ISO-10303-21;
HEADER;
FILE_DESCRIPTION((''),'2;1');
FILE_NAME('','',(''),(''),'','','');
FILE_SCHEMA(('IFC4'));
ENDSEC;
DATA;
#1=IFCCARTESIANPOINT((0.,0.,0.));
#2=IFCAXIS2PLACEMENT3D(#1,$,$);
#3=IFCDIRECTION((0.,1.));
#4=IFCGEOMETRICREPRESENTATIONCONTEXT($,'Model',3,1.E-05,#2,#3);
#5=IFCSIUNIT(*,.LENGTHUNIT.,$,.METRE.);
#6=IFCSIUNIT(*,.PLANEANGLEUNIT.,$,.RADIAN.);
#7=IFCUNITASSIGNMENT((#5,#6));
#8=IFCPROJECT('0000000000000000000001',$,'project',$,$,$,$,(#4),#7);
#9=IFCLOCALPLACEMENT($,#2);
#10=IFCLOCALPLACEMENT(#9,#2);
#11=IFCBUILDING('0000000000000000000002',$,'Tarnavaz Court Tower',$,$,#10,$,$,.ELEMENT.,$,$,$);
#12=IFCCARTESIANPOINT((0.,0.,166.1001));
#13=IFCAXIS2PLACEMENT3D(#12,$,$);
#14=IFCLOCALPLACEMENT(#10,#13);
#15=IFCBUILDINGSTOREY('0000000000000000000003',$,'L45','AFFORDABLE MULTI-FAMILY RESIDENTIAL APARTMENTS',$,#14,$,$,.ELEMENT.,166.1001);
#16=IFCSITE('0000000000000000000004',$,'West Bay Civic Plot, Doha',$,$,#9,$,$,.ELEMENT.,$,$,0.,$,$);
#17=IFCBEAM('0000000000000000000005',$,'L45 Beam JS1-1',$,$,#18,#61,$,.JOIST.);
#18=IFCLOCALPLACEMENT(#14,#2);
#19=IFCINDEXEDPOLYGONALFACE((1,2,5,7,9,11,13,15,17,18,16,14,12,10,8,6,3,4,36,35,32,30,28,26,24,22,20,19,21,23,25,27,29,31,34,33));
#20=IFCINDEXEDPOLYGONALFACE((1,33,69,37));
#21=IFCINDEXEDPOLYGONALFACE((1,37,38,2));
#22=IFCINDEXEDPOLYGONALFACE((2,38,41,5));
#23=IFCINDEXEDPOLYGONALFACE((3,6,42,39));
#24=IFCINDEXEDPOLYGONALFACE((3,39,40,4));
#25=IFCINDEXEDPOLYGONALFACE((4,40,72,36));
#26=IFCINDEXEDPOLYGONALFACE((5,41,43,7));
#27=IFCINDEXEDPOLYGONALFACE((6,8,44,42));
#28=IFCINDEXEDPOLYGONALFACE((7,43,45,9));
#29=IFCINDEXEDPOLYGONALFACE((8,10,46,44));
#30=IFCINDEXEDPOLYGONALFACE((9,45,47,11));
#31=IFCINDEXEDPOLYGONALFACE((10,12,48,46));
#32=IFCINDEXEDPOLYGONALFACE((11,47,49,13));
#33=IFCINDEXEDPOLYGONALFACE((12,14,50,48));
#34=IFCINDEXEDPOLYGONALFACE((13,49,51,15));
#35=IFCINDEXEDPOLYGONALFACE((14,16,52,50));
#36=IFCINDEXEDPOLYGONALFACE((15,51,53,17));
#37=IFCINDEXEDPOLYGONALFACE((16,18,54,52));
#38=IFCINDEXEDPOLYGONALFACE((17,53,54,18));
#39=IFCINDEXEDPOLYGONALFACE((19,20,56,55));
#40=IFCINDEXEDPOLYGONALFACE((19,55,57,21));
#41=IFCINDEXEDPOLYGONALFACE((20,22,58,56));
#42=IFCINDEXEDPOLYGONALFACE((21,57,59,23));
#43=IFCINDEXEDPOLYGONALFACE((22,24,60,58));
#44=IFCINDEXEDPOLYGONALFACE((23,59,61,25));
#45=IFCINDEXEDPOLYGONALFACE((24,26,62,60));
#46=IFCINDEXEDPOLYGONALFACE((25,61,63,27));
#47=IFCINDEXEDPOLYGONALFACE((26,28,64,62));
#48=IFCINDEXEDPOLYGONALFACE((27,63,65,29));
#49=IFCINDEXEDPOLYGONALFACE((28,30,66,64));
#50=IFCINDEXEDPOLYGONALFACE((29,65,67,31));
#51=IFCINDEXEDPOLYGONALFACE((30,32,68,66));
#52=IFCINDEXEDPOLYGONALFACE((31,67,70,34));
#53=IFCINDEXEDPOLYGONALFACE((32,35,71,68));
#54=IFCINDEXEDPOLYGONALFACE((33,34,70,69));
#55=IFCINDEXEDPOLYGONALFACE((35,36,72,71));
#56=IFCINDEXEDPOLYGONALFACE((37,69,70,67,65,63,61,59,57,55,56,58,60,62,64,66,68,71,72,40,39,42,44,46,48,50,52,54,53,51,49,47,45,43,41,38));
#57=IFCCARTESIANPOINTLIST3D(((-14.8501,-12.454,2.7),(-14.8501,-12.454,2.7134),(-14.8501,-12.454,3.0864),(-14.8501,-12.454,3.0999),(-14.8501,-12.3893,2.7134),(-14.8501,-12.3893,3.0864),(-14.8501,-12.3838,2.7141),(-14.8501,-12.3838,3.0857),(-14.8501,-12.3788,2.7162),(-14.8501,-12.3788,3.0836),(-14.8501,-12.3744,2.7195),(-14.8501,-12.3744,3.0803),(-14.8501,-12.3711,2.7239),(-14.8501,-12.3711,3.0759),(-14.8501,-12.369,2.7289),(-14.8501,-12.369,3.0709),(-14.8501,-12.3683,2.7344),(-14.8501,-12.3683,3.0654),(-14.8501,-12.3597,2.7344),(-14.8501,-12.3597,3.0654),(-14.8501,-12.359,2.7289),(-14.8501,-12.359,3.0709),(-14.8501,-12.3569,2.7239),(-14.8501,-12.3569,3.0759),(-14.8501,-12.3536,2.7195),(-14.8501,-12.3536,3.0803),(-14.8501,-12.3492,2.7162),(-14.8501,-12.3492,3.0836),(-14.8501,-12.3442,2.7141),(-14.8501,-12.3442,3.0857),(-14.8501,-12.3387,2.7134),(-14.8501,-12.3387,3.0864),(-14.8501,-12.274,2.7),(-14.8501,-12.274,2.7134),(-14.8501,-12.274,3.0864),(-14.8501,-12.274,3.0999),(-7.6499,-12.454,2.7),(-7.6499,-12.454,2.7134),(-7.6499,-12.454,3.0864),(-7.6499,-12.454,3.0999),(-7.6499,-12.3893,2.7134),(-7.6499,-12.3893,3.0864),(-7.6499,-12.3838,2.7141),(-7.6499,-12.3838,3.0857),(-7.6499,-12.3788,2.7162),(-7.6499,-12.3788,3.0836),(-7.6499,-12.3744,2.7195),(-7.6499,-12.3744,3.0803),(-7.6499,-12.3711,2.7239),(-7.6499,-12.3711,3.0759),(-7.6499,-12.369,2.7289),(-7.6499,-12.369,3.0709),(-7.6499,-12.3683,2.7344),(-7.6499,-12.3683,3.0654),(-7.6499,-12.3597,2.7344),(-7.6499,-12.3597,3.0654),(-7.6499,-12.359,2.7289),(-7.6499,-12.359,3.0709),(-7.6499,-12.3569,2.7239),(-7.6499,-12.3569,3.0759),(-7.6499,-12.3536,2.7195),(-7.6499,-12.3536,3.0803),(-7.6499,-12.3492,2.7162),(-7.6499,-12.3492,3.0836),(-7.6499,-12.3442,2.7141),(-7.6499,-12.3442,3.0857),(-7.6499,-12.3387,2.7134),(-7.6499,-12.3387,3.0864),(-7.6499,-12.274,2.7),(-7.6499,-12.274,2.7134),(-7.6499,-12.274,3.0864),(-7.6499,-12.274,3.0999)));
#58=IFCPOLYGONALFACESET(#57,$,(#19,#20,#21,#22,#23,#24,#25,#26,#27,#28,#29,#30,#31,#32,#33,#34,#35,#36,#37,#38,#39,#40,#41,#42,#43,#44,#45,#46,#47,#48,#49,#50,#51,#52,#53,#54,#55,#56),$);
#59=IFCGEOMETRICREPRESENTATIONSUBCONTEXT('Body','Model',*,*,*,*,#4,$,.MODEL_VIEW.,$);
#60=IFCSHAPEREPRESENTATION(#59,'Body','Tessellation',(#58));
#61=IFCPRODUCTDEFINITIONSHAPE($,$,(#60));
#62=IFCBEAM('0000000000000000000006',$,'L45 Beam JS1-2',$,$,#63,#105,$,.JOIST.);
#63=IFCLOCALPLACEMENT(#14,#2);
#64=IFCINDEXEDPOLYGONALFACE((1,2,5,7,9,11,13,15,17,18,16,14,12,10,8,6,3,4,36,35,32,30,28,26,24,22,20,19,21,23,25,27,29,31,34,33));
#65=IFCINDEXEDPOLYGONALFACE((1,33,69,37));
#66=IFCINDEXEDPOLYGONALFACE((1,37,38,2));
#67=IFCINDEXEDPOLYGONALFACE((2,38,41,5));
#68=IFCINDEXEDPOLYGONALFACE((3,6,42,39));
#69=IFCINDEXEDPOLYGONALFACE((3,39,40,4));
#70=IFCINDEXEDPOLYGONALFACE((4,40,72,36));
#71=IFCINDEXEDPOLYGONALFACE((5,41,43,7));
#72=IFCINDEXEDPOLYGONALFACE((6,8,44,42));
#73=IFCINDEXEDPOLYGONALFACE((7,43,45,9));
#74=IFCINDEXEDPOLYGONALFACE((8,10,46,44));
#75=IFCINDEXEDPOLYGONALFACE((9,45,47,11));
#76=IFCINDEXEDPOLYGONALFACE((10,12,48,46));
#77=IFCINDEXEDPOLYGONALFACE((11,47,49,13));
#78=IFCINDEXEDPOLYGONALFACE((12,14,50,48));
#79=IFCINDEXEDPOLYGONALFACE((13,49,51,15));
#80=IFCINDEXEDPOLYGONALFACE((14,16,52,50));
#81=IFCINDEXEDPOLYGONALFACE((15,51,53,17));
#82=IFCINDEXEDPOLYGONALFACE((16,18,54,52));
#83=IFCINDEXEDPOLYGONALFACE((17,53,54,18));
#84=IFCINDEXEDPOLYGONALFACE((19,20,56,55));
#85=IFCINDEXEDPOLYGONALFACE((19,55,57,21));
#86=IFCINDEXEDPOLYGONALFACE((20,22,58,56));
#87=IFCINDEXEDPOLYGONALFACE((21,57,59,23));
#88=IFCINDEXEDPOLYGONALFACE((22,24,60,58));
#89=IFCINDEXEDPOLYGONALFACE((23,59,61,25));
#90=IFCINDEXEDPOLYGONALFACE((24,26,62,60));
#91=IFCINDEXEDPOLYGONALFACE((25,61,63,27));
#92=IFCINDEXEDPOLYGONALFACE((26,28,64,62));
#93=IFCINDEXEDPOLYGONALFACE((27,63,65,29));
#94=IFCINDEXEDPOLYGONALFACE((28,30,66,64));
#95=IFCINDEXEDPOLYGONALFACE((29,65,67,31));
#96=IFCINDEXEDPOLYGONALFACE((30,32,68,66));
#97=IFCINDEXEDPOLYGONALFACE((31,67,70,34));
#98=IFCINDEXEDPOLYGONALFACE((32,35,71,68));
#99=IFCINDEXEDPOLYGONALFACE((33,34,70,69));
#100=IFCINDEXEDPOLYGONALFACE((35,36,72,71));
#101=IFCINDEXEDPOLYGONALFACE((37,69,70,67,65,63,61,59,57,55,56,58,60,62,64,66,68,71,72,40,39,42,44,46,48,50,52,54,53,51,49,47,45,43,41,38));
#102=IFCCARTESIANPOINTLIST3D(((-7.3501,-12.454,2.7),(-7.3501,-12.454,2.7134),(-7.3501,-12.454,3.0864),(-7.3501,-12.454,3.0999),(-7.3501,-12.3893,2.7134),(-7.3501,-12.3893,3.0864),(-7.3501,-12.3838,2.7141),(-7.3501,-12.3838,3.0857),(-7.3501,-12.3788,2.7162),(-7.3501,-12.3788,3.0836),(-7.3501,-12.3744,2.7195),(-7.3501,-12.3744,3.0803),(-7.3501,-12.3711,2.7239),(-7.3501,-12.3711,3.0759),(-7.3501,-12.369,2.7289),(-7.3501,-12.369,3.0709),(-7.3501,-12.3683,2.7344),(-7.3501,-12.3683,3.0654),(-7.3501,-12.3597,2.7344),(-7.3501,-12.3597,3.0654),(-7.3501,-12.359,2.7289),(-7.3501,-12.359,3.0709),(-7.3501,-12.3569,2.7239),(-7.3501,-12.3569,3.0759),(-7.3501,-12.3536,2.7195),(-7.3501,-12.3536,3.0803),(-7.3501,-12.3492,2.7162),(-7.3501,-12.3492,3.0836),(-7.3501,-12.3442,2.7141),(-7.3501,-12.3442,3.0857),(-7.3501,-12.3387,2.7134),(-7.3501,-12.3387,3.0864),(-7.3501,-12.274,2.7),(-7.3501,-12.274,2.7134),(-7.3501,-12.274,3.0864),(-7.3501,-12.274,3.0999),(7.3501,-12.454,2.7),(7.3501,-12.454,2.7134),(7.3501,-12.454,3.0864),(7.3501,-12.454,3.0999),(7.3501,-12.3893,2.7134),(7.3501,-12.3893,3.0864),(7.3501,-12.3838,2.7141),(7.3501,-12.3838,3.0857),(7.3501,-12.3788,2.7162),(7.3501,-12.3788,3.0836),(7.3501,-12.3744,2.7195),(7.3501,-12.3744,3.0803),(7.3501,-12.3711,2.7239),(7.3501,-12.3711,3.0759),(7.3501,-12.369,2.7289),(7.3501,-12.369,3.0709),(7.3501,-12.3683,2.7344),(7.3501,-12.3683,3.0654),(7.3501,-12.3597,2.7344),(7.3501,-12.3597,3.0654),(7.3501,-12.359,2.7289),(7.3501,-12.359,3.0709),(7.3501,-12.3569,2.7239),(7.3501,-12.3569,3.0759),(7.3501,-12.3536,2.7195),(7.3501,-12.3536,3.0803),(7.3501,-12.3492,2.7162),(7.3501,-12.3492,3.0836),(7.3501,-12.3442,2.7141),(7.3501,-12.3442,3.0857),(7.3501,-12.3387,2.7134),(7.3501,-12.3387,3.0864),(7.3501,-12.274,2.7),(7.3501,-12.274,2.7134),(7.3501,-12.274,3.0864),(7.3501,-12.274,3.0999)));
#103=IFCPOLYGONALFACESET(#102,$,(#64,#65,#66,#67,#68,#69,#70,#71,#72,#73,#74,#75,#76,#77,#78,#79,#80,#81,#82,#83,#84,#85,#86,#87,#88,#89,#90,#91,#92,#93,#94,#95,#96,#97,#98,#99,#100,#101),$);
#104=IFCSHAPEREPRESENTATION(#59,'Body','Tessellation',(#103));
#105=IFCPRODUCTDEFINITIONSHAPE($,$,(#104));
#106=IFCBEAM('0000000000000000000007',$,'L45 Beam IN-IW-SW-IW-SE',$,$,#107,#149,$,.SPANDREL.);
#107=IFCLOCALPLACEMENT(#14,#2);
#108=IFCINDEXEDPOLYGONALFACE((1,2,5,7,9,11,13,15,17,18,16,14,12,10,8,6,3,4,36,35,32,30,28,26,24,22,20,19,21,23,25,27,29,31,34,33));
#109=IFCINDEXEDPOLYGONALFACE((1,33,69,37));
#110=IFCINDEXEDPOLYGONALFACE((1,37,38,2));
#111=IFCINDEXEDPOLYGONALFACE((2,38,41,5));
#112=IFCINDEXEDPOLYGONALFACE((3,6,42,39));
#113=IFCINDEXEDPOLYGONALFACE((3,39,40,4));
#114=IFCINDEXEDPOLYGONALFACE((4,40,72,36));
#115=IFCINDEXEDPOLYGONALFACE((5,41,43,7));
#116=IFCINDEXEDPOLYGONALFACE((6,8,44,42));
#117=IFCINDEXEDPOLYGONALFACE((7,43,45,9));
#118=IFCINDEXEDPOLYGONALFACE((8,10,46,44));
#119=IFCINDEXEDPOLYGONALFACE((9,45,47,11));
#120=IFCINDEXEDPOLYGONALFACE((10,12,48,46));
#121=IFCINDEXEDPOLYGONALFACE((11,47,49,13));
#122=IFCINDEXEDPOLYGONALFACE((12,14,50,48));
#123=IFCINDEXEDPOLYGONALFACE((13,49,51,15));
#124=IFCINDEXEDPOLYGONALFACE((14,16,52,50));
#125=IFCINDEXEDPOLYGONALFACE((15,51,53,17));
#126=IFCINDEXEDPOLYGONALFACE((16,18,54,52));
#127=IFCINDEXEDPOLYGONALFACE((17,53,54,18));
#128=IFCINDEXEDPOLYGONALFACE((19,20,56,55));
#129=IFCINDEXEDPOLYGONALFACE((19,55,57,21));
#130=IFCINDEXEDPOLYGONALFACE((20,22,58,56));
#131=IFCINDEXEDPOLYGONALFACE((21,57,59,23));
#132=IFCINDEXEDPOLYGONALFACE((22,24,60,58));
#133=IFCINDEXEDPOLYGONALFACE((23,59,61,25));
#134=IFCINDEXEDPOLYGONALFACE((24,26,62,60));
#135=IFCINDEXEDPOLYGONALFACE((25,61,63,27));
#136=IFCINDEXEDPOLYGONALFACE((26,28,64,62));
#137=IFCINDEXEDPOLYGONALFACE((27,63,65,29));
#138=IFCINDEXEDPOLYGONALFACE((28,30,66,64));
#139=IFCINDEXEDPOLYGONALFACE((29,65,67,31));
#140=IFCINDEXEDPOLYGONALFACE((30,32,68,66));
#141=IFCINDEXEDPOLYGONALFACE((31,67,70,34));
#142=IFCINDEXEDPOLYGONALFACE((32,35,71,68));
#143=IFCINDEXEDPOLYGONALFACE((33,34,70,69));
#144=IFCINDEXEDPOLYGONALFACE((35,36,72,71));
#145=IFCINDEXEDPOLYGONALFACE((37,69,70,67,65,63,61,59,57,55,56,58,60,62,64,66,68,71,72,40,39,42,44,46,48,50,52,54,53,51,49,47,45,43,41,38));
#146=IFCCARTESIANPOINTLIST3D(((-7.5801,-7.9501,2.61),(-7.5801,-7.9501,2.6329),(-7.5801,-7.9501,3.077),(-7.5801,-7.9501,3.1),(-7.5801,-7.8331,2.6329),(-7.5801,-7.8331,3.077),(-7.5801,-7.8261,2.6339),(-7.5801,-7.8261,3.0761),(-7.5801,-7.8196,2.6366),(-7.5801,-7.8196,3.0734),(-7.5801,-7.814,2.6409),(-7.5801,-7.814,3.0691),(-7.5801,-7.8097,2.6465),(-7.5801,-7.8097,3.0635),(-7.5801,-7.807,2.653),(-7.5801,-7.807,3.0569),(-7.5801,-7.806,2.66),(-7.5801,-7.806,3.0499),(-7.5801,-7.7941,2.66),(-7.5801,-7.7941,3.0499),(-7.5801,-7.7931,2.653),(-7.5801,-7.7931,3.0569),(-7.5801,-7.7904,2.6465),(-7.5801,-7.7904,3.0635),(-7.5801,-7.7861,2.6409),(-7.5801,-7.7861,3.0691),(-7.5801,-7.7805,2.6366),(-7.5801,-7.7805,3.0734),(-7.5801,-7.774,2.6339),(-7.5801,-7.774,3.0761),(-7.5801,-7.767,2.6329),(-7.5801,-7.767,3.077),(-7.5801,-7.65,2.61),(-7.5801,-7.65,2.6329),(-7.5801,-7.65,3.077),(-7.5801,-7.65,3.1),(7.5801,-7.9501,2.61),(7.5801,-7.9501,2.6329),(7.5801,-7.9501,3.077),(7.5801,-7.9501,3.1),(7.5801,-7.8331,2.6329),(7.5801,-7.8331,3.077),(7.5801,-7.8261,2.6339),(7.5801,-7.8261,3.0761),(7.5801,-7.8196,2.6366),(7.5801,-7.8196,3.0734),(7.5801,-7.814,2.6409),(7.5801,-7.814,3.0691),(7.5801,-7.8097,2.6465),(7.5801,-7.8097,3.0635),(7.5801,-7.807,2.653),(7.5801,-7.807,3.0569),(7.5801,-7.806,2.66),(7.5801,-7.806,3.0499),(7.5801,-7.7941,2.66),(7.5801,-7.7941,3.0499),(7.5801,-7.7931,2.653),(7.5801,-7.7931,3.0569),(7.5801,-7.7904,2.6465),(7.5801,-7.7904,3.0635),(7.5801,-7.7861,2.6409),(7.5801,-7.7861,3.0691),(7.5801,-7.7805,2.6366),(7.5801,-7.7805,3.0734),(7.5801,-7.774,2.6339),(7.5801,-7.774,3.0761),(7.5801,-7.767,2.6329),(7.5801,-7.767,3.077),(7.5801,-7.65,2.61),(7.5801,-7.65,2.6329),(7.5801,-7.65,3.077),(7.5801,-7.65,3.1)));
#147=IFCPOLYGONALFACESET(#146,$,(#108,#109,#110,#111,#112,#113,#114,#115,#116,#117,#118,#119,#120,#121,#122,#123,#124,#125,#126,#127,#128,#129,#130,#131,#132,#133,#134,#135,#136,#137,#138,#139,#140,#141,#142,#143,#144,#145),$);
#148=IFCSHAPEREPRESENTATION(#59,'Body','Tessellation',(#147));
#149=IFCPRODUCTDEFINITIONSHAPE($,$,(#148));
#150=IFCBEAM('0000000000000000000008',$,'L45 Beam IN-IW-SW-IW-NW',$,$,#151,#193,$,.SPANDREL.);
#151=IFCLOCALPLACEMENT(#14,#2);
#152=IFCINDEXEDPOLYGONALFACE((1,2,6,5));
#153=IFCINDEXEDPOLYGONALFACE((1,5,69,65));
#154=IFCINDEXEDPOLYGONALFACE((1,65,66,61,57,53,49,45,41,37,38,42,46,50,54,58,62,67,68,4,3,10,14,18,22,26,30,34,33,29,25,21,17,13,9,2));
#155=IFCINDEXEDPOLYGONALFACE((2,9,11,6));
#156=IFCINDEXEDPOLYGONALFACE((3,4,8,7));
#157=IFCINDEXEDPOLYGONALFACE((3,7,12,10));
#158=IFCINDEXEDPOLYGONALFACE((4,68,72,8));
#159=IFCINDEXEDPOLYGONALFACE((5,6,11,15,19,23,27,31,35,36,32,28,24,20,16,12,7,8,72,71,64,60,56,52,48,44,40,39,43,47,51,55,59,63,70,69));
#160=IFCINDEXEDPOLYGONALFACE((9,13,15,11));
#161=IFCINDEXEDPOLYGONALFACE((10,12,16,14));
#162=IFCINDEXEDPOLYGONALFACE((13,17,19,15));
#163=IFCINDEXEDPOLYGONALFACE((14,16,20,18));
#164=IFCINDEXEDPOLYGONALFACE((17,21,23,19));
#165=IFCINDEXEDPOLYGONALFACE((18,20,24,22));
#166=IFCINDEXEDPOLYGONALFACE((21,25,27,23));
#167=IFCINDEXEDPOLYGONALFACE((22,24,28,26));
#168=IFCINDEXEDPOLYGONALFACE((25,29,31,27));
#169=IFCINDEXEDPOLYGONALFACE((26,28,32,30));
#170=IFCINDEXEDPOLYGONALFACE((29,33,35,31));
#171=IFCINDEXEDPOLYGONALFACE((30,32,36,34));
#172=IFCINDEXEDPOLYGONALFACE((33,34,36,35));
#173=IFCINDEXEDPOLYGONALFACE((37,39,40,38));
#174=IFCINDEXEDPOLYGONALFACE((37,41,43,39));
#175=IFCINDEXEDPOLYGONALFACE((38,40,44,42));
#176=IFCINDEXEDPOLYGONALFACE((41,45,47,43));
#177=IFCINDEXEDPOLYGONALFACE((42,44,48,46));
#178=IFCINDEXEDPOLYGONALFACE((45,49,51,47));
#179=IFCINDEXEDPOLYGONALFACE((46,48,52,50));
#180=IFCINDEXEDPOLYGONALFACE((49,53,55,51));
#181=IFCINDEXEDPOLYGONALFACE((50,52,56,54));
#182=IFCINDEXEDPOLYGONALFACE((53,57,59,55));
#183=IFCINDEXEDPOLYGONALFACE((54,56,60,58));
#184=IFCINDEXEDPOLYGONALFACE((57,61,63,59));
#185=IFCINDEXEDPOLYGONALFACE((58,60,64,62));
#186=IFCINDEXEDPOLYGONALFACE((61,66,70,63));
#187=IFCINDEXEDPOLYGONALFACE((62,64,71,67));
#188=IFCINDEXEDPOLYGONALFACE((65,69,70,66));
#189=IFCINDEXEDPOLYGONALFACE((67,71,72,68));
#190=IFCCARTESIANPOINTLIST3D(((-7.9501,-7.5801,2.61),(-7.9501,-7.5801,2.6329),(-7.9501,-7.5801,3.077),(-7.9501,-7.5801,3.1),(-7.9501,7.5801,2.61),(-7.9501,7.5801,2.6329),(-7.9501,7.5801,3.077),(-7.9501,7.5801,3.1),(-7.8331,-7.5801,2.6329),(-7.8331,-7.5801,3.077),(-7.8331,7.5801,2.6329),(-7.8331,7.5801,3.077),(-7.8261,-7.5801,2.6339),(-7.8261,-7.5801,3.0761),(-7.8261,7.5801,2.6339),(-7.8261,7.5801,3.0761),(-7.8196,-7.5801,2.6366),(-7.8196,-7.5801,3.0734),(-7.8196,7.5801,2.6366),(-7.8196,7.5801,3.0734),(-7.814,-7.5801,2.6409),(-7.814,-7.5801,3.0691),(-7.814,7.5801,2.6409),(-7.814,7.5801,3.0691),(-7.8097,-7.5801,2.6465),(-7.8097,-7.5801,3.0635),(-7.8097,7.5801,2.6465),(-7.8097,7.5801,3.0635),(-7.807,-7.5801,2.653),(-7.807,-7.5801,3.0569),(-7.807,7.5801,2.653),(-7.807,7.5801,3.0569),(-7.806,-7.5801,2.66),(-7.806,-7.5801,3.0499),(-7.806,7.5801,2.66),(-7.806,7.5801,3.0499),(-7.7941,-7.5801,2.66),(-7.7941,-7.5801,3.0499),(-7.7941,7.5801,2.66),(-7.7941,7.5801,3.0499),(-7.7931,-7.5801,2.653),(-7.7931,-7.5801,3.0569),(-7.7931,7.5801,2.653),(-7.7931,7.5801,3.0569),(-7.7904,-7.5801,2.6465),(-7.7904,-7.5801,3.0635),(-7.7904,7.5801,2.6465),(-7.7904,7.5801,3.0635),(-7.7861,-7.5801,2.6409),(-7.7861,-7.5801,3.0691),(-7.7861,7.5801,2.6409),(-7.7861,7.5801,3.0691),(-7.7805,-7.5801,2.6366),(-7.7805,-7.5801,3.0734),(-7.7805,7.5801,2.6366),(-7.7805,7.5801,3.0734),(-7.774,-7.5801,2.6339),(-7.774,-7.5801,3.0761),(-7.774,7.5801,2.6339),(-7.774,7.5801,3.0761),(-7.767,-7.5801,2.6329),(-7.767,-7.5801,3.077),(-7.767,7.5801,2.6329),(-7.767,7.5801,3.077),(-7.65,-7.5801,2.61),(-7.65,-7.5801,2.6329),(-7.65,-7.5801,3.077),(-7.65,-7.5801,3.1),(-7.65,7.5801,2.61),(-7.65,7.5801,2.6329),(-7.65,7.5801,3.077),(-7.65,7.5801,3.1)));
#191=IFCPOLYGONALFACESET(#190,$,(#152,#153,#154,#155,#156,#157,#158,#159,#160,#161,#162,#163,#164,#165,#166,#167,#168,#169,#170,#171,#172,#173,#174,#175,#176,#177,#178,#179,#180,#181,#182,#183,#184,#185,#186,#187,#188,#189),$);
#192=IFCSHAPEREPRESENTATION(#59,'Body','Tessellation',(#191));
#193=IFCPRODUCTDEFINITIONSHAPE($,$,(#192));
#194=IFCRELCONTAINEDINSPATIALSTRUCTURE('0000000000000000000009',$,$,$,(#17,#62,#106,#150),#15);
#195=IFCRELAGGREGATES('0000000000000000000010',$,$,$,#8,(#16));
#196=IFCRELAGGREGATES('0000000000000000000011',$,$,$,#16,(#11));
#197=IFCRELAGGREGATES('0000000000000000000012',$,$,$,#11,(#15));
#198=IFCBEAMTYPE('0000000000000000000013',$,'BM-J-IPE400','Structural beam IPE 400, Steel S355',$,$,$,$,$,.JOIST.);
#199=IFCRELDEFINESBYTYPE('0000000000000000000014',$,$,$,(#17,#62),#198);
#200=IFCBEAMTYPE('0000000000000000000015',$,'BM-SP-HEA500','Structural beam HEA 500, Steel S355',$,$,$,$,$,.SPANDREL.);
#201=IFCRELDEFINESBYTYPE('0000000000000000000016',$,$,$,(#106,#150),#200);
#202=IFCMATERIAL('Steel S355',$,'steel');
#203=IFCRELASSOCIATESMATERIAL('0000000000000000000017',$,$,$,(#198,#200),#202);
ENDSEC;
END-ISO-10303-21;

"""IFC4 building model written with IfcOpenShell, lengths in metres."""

from ifc_helpers import new_model, si_unit, direction, frame, origin, origin_2d, place, context, subcontext, project, spatial, i_section, extrude, material, material_profile, profile_set, type_object, element, save


model = new_model("IFC4")

# Units and contexts
model_context = context("Model", 3, precision=1e-05, world=origin(), true_north=direction((0.0, 1.0)))
body_context = subcontext(model_context, "Body", "Model", "MODEL_VIEW")
ifc_project = project(units=[si_unit("LENGTHUNIT", "METRE"), si_unit("PLANEANGLEUNIT", "RADIAN")], contexts=[model_context])

# Site, building, storey
site_placement = place(None, origin())
site = spatial("IfcSite", under=ifc_project, at=site_placement, Name="West Bay Civic Plot, Doha", CompositionType="ELEMENT", RefElevation=0.0)
building_placement = place(site_placement, origin())
building = spatial("IfcBuilding", under=site, at=building_placement, Name="Tarnavaz Court Tower", CompositionType="ELEMENT")
storey_placement = place(building_placement, frame((0.0, 0.0, 166.1001)))
storey = spatial("IfcBuildingStorey", under=building, at=storey_placement, Name="L45", Description="AFFORDABLE MULTI-FAMILY RESIDENTIAL APARTMENTS", CompositionType="ELEMENT", Elevation=166.1001)

# Beams
ifc_material_1 = material(Name="Steel S355", Category="steel")
ifc_material_profile_1 = material_profile(ifc_material_1, i_section(OverallWidth=0.1799, OverallDepth=0.3999, WebThickness=0.0085, FlangeThickness=0.0134, FilletRadius=0.021, at=origin_2d()), Name="IPE 400")
ifc_profile_set_1 = profile_set([ifc_material_profile_1], Name="Steel S355")
beam_type_1 = type_object("IfcBeamType", Name="BM-J-IPE400", Description="Structural beam IPE 400, Steel S355", PredefinedType="JOIST", material=ifc_profile_set_1)
beam_1_placement = place(storey_placement, frame((-14.8501, -12.364, 2.8999), z_axis=(1.0, 0.0, 0.0), x_axis=(0.0, 1.0, 0.0)))
element("IfcBeam", 1, at=beam_1_placement, inside=storey, type_object=beam_type_1, Name="L45 Beam JS1-1", PredefinedType="JOIST", context=body_context, shape_type="SweptSolid", body=[
    extrude(i_section(OverallWidth=0.1799, OverallDepth=0.3999, WebThickness=0.0085, FlangeThickness=0.0134, FilletRadius=0.021, at=origin_2d()), origin(), (0.0, 0.0, 1.0), 7.2002),
])
beam_2_placement = place(storey_placement, frame((-7.3501, -12.364, 2.8999), z_axis=(1.0, 0.0, 0.0), x_axis=(0.0, 1.0, 0.0)))
element("IfcBeam", 2, at=beam_2_placement, inside=storey, type_object=beam_type_1, Name="L45 Beam JS1-2", PredefinedType="JOIST", context=body_context, shape_type="SweptSolid", body=[
    extrude(i_section(OverallWidth=0.1799, OverallDepth=0.3999, WebThickness=0.0085, FlangeThickness=0.0134, FilletRadius=0.021, at=origin_2d()), origin(), (0.0, 0.0, 1.0), 14.7002),
])
ifc_material_profile_2 = material_profile(ifc_material_1, i_section(OverallWidth=0.3, OverallDepth=0.49, WebThickness=0.012, FlangeThickness=0.0229, FilletRadius=0.0271, at=origin_2d()), Name="HEA 500")
ifc_profile_set_2 = profile_set([ifc_material_profile_2], Name="Steel S355")
beam_type_2 = type_object("IfcBeamType", Name="BM-SP-HEA500", Description="Structural beam HEA 500, Steel S355", PredefinedType="SPANDREL", material=ifc_profile_set_2)
for number, where, z_axis, x_axis, name in (
    (3, (-7.5801, -7.8, 2.855), (1.0, 0.0, 0.0), (0.0, 1.0, 0.0), "L45 Beam IN-IW-SW-IW-SE"),
    (4, (-7.8, -7.5801, 2.855), (0.0, 1.0, 0.0), (-1.0, 0.0, 0.0), "L45 Beam IN-IW-SW-IW-NW"),
):
    element("IfcBeam", number, at=place(storey_placement, frame(where, z_axis=z_axis, x_axis=x_axis)), inside=storey, type_object=beam_type_2, Name=name, PredefinedType="SPANDREL", context=body_context, shape_type="SweptSolid", body=[
        extrude(i_section(OverallWidth=0.3, OverallDepth=0.49, WebThickness=0.012, FlangeThickness=0.0229, FilletRadius=0.0271, at=origin_2d()), origin(), (0.0, 0.0, 1.0), 15.1602),
    ])

save(model, "model.ifc")
